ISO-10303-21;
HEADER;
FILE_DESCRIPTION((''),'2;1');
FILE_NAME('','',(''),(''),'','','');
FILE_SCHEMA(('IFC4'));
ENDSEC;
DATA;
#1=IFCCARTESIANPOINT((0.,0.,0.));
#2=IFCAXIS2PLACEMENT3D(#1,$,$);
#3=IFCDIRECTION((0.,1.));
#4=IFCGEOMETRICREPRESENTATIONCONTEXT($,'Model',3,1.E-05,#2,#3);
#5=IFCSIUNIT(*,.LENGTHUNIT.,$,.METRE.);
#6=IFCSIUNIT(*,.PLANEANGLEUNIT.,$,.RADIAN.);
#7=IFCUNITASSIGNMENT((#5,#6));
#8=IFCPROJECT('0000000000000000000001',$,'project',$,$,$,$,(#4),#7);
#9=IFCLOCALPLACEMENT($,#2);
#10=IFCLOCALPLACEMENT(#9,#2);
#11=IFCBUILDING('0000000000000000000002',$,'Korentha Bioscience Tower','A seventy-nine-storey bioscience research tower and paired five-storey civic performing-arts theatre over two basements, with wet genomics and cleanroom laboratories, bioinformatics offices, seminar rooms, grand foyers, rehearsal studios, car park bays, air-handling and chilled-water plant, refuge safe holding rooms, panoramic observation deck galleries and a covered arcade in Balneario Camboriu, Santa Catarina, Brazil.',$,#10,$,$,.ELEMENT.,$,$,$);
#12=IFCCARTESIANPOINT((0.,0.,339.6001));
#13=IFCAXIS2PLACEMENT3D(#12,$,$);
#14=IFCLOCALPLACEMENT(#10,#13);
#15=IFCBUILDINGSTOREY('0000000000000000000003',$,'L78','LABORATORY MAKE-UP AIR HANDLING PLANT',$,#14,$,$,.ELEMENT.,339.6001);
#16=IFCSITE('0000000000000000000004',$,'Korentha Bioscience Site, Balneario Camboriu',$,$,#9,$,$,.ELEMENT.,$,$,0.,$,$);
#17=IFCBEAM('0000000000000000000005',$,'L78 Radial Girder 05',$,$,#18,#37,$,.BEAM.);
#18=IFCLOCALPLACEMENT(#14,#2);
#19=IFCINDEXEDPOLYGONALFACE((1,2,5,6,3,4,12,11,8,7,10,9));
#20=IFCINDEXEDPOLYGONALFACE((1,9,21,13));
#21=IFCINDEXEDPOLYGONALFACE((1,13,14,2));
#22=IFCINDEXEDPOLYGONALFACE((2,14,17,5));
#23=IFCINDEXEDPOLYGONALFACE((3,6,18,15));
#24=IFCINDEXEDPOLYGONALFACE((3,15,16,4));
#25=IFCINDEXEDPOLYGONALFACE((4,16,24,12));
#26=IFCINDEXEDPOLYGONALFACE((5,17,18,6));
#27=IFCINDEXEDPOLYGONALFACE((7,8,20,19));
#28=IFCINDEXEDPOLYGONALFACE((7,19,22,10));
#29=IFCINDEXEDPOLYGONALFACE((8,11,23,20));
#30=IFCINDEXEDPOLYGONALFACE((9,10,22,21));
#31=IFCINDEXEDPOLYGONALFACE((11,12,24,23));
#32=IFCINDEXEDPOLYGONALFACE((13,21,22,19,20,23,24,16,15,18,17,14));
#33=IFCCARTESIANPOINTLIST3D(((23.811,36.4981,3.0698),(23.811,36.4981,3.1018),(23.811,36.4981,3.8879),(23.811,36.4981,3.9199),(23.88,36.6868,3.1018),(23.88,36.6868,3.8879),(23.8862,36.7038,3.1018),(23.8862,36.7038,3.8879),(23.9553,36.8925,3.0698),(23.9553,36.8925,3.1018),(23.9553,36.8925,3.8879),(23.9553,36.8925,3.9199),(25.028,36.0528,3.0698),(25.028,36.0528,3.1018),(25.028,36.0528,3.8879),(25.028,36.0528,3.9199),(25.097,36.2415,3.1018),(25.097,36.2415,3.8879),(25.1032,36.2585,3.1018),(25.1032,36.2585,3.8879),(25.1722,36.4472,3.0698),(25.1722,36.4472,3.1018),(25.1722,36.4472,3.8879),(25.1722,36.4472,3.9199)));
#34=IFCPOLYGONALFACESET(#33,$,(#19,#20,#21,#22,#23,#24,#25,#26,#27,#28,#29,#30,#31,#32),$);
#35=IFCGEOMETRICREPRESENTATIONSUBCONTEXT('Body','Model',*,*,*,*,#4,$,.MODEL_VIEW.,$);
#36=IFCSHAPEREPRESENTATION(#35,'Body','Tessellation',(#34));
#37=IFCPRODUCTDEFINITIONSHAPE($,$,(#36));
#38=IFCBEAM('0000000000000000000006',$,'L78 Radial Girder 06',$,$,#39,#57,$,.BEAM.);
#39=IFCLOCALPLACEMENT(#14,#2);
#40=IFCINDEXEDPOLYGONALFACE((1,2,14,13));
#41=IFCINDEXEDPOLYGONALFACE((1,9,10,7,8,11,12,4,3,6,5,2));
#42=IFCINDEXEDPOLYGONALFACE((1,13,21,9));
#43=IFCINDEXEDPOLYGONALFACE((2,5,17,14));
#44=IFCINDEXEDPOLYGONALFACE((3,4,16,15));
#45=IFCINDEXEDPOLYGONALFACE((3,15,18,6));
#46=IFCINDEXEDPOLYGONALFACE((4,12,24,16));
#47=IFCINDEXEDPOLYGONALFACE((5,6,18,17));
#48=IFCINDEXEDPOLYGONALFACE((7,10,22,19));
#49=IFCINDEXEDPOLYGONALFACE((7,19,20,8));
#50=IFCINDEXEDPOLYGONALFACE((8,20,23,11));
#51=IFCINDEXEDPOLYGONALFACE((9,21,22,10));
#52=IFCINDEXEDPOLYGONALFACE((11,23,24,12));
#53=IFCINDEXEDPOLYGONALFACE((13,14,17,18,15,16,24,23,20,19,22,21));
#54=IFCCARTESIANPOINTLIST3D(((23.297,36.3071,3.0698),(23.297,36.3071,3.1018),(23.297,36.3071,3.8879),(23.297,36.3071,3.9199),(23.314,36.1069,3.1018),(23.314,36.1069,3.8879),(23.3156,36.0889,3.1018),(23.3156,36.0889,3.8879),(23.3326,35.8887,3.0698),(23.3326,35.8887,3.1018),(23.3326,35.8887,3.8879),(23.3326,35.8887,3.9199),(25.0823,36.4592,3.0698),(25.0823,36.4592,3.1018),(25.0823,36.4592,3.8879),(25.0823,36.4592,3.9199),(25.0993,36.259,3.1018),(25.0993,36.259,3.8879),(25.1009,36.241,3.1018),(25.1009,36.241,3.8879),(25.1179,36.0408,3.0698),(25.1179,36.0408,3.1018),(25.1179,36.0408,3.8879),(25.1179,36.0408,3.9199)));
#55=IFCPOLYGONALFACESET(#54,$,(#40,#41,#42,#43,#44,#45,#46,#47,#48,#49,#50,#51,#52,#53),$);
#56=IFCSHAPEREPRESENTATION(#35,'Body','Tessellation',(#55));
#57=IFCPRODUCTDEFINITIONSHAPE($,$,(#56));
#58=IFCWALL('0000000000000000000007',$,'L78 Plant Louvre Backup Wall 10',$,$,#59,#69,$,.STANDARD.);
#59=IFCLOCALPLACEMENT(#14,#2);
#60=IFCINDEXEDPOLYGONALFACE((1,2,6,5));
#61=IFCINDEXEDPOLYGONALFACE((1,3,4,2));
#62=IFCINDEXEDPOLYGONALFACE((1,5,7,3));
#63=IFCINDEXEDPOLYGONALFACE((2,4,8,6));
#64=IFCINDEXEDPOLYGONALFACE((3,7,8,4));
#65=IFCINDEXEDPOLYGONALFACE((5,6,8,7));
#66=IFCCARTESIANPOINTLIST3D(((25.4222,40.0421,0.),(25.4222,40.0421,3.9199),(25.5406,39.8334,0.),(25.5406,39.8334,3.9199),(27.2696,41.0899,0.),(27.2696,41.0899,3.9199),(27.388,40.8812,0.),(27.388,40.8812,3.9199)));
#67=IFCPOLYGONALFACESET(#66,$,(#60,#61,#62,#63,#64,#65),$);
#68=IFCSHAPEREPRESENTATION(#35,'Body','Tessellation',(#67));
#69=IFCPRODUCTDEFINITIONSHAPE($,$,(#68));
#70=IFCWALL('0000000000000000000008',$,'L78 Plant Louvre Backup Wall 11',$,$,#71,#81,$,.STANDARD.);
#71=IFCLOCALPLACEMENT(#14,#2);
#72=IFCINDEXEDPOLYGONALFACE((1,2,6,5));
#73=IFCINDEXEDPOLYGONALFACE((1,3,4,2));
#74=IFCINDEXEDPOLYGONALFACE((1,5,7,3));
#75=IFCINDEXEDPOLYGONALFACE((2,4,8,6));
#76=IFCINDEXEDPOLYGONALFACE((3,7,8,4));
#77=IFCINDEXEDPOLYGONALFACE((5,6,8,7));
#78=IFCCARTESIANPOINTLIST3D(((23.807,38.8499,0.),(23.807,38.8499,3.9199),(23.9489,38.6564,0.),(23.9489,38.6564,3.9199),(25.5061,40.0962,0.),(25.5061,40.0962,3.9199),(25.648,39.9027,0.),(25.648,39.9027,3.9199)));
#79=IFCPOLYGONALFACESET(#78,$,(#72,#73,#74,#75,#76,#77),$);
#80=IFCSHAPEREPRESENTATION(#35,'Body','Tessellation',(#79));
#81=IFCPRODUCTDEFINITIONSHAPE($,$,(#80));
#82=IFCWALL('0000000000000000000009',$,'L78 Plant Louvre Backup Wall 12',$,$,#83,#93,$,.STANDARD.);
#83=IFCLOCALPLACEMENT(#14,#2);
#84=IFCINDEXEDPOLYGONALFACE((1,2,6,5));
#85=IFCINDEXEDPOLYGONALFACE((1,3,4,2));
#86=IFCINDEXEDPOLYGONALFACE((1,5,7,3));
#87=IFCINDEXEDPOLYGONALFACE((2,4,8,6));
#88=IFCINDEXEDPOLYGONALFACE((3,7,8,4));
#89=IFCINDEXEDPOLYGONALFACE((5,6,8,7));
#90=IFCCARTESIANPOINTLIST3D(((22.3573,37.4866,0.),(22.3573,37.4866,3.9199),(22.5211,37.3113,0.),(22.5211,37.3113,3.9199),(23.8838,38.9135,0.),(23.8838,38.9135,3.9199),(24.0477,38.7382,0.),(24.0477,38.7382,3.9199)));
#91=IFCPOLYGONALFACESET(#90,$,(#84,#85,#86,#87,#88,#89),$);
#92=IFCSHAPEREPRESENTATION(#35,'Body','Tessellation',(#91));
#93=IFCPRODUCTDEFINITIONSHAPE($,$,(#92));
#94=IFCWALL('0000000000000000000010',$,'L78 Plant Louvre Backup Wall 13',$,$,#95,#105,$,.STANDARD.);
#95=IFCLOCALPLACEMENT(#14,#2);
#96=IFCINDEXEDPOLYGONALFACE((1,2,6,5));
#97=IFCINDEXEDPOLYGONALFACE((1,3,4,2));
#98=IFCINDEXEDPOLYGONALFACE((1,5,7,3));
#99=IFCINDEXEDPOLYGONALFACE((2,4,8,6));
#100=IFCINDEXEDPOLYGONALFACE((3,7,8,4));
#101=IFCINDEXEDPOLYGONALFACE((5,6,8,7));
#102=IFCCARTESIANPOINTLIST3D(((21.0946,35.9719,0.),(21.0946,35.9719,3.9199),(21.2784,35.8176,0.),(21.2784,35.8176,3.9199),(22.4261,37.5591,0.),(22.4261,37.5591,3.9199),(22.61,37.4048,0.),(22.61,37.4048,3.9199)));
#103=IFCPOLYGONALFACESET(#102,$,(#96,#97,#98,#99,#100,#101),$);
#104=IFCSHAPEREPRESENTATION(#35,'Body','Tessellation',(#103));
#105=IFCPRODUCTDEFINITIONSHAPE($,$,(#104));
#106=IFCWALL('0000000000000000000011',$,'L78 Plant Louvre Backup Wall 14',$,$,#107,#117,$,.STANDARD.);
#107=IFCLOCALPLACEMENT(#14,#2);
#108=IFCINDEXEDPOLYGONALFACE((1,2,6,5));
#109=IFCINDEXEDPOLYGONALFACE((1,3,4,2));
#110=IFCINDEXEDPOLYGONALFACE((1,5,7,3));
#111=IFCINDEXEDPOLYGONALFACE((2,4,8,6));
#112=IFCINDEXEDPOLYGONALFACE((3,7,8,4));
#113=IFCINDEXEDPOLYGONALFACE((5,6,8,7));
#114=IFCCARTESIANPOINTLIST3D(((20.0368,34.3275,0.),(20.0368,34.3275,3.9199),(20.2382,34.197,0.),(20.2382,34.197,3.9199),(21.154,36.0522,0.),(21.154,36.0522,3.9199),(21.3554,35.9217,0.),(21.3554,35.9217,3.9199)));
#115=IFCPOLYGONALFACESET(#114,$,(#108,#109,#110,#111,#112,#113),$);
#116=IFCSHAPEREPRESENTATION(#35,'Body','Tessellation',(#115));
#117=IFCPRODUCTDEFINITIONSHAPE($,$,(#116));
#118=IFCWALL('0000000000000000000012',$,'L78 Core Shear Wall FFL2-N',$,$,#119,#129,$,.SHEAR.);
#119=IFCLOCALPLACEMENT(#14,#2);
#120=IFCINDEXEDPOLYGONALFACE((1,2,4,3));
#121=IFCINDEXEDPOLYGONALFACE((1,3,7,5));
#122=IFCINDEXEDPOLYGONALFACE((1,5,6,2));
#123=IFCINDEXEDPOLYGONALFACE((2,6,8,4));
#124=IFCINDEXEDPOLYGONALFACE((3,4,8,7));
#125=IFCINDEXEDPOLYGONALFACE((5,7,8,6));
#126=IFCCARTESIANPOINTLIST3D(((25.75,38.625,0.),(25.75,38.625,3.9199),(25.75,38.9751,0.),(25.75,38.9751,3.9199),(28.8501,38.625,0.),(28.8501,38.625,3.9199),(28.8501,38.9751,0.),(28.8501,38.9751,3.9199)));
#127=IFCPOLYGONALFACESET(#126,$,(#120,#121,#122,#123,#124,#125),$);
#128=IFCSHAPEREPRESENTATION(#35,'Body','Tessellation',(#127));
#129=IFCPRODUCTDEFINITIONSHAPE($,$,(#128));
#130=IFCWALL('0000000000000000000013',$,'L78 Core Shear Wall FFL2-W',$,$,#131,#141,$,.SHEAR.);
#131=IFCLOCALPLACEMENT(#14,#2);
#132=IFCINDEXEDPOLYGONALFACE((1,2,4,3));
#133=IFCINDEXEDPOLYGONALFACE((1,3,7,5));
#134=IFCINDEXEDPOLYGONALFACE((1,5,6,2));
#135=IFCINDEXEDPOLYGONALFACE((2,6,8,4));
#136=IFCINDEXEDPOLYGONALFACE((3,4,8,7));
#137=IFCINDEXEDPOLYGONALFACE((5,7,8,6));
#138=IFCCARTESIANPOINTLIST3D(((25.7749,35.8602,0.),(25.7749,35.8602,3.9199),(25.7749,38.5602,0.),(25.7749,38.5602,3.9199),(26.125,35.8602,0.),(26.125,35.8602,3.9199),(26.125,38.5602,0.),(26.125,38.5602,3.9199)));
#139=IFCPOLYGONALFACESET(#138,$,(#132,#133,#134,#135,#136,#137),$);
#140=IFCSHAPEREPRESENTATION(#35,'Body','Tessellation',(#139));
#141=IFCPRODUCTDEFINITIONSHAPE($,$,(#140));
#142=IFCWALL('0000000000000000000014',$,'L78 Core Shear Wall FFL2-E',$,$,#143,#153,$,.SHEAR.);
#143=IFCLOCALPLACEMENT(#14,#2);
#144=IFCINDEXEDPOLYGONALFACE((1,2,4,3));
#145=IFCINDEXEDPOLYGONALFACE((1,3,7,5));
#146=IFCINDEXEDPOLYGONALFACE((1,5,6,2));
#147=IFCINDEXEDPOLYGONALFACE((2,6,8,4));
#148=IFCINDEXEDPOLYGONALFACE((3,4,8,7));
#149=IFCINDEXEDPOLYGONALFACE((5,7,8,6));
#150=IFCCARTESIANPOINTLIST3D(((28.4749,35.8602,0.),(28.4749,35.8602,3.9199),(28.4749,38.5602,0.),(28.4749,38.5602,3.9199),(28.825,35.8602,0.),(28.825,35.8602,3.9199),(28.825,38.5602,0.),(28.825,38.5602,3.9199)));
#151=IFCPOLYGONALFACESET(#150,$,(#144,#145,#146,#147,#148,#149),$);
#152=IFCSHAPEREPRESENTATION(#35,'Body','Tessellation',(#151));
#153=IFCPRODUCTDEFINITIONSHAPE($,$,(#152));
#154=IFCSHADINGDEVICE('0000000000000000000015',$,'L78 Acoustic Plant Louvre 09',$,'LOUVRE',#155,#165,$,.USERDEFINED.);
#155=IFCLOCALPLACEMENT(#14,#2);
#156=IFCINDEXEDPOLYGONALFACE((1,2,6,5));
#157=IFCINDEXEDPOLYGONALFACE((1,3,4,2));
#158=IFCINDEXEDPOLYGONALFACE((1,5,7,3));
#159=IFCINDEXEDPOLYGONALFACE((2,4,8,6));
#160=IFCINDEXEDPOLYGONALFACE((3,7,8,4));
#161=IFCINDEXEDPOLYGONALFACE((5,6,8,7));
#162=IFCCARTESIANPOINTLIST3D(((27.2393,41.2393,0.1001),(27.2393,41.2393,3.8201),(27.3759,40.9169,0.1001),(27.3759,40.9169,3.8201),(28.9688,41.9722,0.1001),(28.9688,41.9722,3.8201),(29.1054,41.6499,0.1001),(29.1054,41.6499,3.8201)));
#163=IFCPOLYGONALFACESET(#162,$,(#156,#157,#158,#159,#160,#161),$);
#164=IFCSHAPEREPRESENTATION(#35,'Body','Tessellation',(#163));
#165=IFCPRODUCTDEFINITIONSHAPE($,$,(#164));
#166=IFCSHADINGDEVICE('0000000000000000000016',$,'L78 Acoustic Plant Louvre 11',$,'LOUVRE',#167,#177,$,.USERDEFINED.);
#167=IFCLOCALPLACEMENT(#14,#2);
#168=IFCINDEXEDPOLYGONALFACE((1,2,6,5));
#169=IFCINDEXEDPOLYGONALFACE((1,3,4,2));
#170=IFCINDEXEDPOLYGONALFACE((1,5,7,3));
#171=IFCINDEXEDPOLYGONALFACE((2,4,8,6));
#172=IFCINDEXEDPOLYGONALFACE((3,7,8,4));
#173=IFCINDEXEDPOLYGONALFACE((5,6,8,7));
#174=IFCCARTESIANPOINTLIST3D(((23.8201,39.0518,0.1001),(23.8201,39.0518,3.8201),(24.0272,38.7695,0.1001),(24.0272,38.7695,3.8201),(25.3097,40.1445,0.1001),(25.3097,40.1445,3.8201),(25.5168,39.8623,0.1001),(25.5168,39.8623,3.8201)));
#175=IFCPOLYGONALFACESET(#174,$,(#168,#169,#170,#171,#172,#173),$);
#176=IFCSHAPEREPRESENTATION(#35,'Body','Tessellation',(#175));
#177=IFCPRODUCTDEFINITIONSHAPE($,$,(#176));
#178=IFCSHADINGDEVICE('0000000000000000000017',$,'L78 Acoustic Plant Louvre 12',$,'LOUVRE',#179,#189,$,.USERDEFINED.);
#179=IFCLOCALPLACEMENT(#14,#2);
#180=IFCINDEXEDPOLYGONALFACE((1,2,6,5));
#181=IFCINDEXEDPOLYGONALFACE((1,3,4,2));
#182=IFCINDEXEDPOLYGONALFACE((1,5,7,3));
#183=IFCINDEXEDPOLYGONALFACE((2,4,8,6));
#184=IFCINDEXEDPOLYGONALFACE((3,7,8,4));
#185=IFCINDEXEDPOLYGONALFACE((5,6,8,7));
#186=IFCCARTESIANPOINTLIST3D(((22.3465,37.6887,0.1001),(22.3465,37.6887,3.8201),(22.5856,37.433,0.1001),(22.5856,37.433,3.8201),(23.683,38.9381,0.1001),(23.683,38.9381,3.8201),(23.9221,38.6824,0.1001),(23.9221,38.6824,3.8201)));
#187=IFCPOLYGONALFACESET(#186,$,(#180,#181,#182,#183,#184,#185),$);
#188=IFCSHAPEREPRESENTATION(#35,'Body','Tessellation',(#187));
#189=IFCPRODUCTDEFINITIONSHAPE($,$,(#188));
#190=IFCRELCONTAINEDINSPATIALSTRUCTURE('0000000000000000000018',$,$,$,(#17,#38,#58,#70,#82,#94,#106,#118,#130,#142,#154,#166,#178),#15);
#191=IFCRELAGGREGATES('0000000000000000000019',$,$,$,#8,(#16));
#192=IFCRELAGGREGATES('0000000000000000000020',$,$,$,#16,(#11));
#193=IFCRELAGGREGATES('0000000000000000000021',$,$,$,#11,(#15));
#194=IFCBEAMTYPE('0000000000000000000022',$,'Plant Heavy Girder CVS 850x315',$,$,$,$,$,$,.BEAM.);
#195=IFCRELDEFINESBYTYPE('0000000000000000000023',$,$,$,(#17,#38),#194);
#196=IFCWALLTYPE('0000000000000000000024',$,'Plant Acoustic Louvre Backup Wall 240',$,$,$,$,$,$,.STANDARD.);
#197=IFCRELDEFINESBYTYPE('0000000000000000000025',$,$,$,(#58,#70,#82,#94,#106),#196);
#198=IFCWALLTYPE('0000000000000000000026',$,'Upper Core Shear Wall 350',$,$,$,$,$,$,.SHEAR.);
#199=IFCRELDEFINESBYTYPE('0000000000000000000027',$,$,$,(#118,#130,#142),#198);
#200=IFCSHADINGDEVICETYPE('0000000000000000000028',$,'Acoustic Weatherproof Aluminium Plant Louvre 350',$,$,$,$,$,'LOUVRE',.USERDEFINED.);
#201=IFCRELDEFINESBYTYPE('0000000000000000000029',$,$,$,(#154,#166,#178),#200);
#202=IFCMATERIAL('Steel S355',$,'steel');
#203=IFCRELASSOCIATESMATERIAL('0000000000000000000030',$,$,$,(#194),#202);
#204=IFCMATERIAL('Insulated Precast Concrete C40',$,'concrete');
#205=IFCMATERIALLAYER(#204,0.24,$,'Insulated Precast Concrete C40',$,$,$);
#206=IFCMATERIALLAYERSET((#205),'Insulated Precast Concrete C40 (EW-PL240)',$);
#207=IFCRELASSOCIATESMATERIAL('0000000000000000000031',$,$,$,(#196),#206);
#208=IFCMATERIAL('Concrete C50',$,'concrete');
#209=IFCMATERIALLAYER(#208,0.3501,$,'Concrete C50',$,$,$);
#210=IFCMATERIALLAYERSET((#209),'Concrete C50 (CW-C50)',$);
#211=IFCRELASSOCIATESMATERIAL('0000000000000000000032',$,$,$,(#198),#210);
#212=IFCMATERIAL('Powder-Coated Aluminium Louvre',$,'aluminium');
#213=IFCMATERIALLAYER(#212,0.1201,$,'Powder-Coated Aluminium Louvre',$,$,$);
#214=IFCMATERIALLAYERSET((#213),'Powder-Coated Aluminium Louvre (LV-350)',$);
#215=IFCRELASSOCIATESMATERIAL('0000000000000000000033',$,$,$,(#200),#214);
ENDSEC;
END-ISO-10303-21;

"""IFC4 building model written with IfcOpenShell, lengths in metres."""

from ifc_helpers import new_model, si_unit, direction, frame, frame_2d, origin, origin_2d, place, context, subcontext, project, spatial, rectangle, i_section, extrude, material, layer, layer_set, material_profile, profile_set, type_object, element, save


model = new_model("IFC4")

# Units and contexts
model_context = context("Model", 3, precision=1e-05, world=origin(), true_north=direction((0.0, 1.0)))
body_context = subcontext(model_context, "Body", "Model", "MODEL_VIEW")
ifc_project = project(units=[si_unit("LENGTHUNIT", "METRE"), si_unit("PLANEANGLEUNIT", "RADIAN")], contexts=[model_context])

# Site, building, storey
site_placement = place(None, origin())
site = spatial("IfcSite", under=ifc_project, at=site_placement, Name="Korentha Bioscience Site, Balneario Camboriu", CompositionType="ELEMENT", RefElevation=0.0)
building_placement = place(site_placement, origin())
building = spatial("IfcBuilding", under=site, at=building_placement, Name="Korentha Bioscience Tower", Description="A seventy-nine-storey bioscience research tower and paired five-storey civic performing-arts theatre over two basements, with wet genomics and cleanroom laboratories, bioinformatics offices, seminar rooms, grand foyers, rehearsal studios, car park bays, air-handling and chilled-water plant, refuge safe holding rooms, panoramic observation deck galleries and a covered arcade in Balneario Camboriu, Santa Catarina, Brazil.", CompositionType="ELEMENT")
storey_placement = place(building_placement, frame((0.0, 0.0, 339.6001)))
storey = spatial("IfcBuildingStorey", under=building, at=storey_placement, Name="L78", Description="LABORATORY MAKE-UP AIR HANDLING PLANT", CompositionType="ELEMENT", Elevation=339.6001)

# Shared definitions
ifc_material_1 = material(Name="Concrete C50", Category="concrete")

# Beams
ifc_material_2 = material(Name="Steel S355", Category="steel")
ifc_material_profile_1 = material_profile(ifc_material_2, i_section(OverallWidth=0.4199, OverallDepth=0.8501, WebThickness=0.0181, FlangeThickness=0.032, at=origin_2d()), Name="Steel S355")
ifc_profile_set_1 = profile_set([ifc_material_profile_1], Name="Steel S355 (MB-850)")
beam_type_1 = type_object("IfcBeamType", Name="Plant Heavy Girder CVS 850x315", PredefinedType="BEAM", material=ifc_profile_set_1)
beam_1_placement = place(storey_placement, frame((25.1001, 36.25, 3.4949), z_axis=(-0.93911, 0.343618, 0.0), x_axis=(-0.343618, -0.93911, 0.0)))
element("IfcBeam", 1, at=beam_1_placement, inside=storey, type_object=beam_type_1, Name="L78 Radial Girder 05", PredefinedType="BEAM", context=body_context, shape_type="SweptSolid", body=[
    extrude(i_section(OverallWidth=0.4199, OverallDepth=0.8501, WebThickness=0.0181, FlangeThickness=0.032, at=origin_2d()), origin(), (0.0, 0.0, 1.0), 1.2959),
])
beam_2_placement = place(storey_placement, frame((25.1001, 36.25, 3.4949), z_axis=(-0.996391, -0.084883, 0.0), x_axis=(0.084883, -0.996391, 0.0)))
element("IfcBeam", 2, at=beam_2_placement, inside=storey, type_object=beam_type_1, Name="L78 Radial Girder 06", PredefinedType="BEAM", context=body_context, shape_type="SweptSolid", body=[
    extrude(i_section(OverallWidth=0.4199, OverallDepth=0.8501, WebThickness=0.0181, FlangeThickness=0.032, at=origin_2d()), origin(), (0.0, 0.0, 1.0), 1.7917),
])

# Walls
ifc_material_3 = material(Name="Insulated Precast Concrete C40", Category="concrete")
ifc_layer_1 = layer(ifc_material_3, 0.24, Name="Insulated Precast Concrete C40")
ifc_layer_set_1 = layer_set([ifc_layer_1], Name="Insulated Precast Concrete C40 (EW-PL240)")
wall_type_1 = type_object("IfcWallType", Name="Plant Acoustic Louvre Backup Wall 240", PredefinedType="STANDARD", material=ifc_layer_set_1)
wall_1_placement = place(storey_placement, frame((27.3289, 40.9856, 0.0), z_axis=(0.0, 0.0, 1.0), x_axis=(-0.869823, -0.493363, 0.0)))
element("IfcWall", 3, at=wall_1_placement, inside=storey, type_object=wall_type_1, Name="L78 Plant Louvre Backup Wall 10", PredefinedType="STANDARD", context=body_context, shape_type="SweptSolid", body=[
    extrude(rectangle(XDim=2.1238, YDim=0.24, at=frame_2d((1.062, 0.0))), origin(), (0.0, 0.0, 1.0), 3.9199),
])
wall_2_placement = place(storey_placement, frame((25.5771, 39.9995, 0.0), z_axis=(0.0, 0.0, 1.0), x_axis=(-0.80635, -0.591439, 0.0)))
element("IfcWall", 4, at=wall_2_placement, inside=storey, type_object=wall_type_1, Name="L78 Plant Louvre Backup Wall 11", PredefinedType="STANDARD", context=body_context, shape_type="SweptSolid", body=[
    extrude(rectangle(XDim=2.1072, YDim=0.24, at=frame_2d((1.0537, 0.0))), origin(), (0.0, 0.0, 1.0), 3.9199),
])
wall_3_placement = place(storey_placement, frame((23.9658, 38.8259, 0.0), z_axis=(0.0, 0.0, 1.0), x_axis=(-0.730538, -0.682872, 0.0)))
element("IfcWall", 5, at=wall_3_placement, inside=storey, type_object=wall_type_1, Name="L78 Plant Louvre Backup Wall 12", PredefinedType="STANDARD", context=body_context, shape_type="SweptSolid", body=[
    extrude(rectangle(XDim=2.0896, YDim=0.24, at=frame_2d((1.0449, 0.0))), origin(), (0.0, 0.0, 1.0), 3.9199),
])
wall_4_placement = place(storey_placement, frame((22.5181, 37.4819, 0.0), z_axis=(0.0, 0.0, 1.0), x_axis=(-0.642719, -0.766102, 0.0)))
element("IfcWall", 6, at=wall_4_placement, inside=storey, type_object=wall_type_1, Name="L78 Plant Louvre Backup Wall 13", PredefinedType="STANDARD", context=body_context, shape_type="SweptSolid", body=[
    extrude(rectangle(XDim=2.0718, YDim=0.24, at=frame_2d((1.0359, 0.0))), origin(), (0.0, 0.0, 1.0), 3.9199),
])
wall_5_placement = place(storey_placement, frame((21.2546, 35.9868, 0.0), z_axis=(0.0, 0.0, 1.0), x_axis=(-0.543685, -0.83929, 0.0)))
element("IfcWall", 7, at=wall_5_placement, inside=storey, type_object=wall_type_1, Name="L78 Plant Louvre Backup Wall 14", PredefinedType="STANDARD", context=body_context, shape_type="SweptSolid", body=[
    extrude(rectangle(XDim=2.0549, YDim=0.24, at=frame_2d((1.0273, 0.0))), origin(), (0.0, 0.0, 1.0), 3.9199),
])
ifc_layer_2 = layer(ifc_material_1, 0.3501, Name="Concrete C50")
ifc_layer_set_2 = layer_set([ifc_layer_2], Name="Concrete C50 (CW-C50)")
wall_type_2 = type_object("IfcWallType", Name="Upper Core Shear Wall 350", PredefinedType="SHEAR", material=ifc_layer_set_2)
wall_6_placement = place(storey_placement, frame((25.75, 38.8, 0.0), z_axis=(0.0, 0.0, 1.0), x_axis=(1.0, 0.0, 0.0)))
element("IfcWall", 8, at=wall_6_placement, inside=storey, type_object=wall_type_2, Name="L78 Core Shear Wall FFL2-N", PredefinedType="SHEAR", context=body_context, shape_type="SweptSolid", body=[
    extrude(rectangle(XDim=3.1001, YDim=0.3501, at=frame_2d((1.55, 0.0))), origin(), (0.0, 0.0, 1.0), 3.9199),
])
for number, where, z_axis, x_axis, name in (
    (9, (25.95, 35.8601, 0.0), (0.0, 0.0, 1.0), (0.0, 1.0, 0.0), "L78 Core Shear Wall FFL2-W"),
    (10, (28.6499, 35.8601, 0.0), (0.0, 0.0, 1.0), (0.0, 1.0, 0.0), "L78 Core Shear Wall FFL2-E"),
):
    element("IfcWall", number, at=place(storey_placement, frame(where, z_axis=z_axis, x_axis=x_axis)), inside=storey, type_object=wall_type_2, Name=name, PredefinedType="SHEAR", context=body_context, shape_type="SweptSolid", body=[
        extrude(rectangle(XDim=2.7, YDim=0.3501, at=frame_2d((1.3501, 0.0))), origin(), (0.0, 0.0, 1.0), 3.9199),
    ])

# Shading devices
ifc_material_4 = material(Name="Powder-Coated Aluminium Louvre", Category="aluminium")
ifc_layer_3 = layer(ifc_material_4, 0.1201, Name="Powder-Coated Aluminium Louvre")
ifc_layer_set_3 = layer_set([ifc_layer_3], Name="Powder-Coated Aluminium Louvre (LV-350)")
shading_device_type = type_object("IfcShadingDeviceType", Name="Acoustic Weatherproof Aluminium Plant Louvre 350", ElementType="LOUVRE", PredefinedType="USERDEFINED", material=ifc_layer_set_3)
shading_device_1_placement = place(storey_placement, frame((28.1724, 41.4446, 0.1001), z_axis=(0.0, 0.0, 1.0), x_axis=(-0.920726, -0.39021, 0.0)))
element("IfcShadingDevice", 11, at=shading_device_1_placement, inside=storey, type_object=shading_device_type, Name="L78 Acoustic Plant Louvre 09", ObjectType="LOUVRE", PredefinedType="USERDEFINED", context=body_context, shape_type="SweptSolid", body=[
    extrude(rectangle(XDim=1.8784, YDim=0.3501, at=origin_2d()), origin(), (0.0, 0.0, 1.0), 3.72),
])
shading_device_2_placement = place(storey_placement, frame((24.6685, 39.457, 0.1001), z_axis=(0.0, 0.0, 1.0), x_axis=(-0.80631, -0.591493, 0.0)))
element("IfcShadingDevice", 12, at=shading_device_2_placement, inside=storey, type_object=shading_device_type, Name="L78 Acoustic Plant Louvre 11", ObjectType="LOUVRE", PredefinedType="USERDEFINED", context=body_context, shape_type="SweptSolid", body=[
    extrude(rectangle(XDim=1.8474, YDim=0.3501, at=origin_2d()), origin(), (0.0, 0.0, 1.0), 3.72),
])
shading_device_3_placement = place(storey_placement, frame((23.1343, 38.1855, 0.1001), z_axis=(0.0, 0.0, 1.0), x_axis=(-0.730505, -0.682907, 0.0)))
element("IfcShadingDevice", 13, at=shading_device_3_placement, inside=storey, type_object=shading_device_type, Name="L78 Acoustic Plant Louvre 12", ObjectType="LOUVRE", PredefinedType="USERDEFINED", context=body_context, shape_type="SweptSolid", body=[
    extrude(rectangle(XDim=1.8296, YDim=0.3501, at=origin_2d()), origin(), (0.0, 0.0, 1.0), 3.72),
])

save(model, "model.ifc")
